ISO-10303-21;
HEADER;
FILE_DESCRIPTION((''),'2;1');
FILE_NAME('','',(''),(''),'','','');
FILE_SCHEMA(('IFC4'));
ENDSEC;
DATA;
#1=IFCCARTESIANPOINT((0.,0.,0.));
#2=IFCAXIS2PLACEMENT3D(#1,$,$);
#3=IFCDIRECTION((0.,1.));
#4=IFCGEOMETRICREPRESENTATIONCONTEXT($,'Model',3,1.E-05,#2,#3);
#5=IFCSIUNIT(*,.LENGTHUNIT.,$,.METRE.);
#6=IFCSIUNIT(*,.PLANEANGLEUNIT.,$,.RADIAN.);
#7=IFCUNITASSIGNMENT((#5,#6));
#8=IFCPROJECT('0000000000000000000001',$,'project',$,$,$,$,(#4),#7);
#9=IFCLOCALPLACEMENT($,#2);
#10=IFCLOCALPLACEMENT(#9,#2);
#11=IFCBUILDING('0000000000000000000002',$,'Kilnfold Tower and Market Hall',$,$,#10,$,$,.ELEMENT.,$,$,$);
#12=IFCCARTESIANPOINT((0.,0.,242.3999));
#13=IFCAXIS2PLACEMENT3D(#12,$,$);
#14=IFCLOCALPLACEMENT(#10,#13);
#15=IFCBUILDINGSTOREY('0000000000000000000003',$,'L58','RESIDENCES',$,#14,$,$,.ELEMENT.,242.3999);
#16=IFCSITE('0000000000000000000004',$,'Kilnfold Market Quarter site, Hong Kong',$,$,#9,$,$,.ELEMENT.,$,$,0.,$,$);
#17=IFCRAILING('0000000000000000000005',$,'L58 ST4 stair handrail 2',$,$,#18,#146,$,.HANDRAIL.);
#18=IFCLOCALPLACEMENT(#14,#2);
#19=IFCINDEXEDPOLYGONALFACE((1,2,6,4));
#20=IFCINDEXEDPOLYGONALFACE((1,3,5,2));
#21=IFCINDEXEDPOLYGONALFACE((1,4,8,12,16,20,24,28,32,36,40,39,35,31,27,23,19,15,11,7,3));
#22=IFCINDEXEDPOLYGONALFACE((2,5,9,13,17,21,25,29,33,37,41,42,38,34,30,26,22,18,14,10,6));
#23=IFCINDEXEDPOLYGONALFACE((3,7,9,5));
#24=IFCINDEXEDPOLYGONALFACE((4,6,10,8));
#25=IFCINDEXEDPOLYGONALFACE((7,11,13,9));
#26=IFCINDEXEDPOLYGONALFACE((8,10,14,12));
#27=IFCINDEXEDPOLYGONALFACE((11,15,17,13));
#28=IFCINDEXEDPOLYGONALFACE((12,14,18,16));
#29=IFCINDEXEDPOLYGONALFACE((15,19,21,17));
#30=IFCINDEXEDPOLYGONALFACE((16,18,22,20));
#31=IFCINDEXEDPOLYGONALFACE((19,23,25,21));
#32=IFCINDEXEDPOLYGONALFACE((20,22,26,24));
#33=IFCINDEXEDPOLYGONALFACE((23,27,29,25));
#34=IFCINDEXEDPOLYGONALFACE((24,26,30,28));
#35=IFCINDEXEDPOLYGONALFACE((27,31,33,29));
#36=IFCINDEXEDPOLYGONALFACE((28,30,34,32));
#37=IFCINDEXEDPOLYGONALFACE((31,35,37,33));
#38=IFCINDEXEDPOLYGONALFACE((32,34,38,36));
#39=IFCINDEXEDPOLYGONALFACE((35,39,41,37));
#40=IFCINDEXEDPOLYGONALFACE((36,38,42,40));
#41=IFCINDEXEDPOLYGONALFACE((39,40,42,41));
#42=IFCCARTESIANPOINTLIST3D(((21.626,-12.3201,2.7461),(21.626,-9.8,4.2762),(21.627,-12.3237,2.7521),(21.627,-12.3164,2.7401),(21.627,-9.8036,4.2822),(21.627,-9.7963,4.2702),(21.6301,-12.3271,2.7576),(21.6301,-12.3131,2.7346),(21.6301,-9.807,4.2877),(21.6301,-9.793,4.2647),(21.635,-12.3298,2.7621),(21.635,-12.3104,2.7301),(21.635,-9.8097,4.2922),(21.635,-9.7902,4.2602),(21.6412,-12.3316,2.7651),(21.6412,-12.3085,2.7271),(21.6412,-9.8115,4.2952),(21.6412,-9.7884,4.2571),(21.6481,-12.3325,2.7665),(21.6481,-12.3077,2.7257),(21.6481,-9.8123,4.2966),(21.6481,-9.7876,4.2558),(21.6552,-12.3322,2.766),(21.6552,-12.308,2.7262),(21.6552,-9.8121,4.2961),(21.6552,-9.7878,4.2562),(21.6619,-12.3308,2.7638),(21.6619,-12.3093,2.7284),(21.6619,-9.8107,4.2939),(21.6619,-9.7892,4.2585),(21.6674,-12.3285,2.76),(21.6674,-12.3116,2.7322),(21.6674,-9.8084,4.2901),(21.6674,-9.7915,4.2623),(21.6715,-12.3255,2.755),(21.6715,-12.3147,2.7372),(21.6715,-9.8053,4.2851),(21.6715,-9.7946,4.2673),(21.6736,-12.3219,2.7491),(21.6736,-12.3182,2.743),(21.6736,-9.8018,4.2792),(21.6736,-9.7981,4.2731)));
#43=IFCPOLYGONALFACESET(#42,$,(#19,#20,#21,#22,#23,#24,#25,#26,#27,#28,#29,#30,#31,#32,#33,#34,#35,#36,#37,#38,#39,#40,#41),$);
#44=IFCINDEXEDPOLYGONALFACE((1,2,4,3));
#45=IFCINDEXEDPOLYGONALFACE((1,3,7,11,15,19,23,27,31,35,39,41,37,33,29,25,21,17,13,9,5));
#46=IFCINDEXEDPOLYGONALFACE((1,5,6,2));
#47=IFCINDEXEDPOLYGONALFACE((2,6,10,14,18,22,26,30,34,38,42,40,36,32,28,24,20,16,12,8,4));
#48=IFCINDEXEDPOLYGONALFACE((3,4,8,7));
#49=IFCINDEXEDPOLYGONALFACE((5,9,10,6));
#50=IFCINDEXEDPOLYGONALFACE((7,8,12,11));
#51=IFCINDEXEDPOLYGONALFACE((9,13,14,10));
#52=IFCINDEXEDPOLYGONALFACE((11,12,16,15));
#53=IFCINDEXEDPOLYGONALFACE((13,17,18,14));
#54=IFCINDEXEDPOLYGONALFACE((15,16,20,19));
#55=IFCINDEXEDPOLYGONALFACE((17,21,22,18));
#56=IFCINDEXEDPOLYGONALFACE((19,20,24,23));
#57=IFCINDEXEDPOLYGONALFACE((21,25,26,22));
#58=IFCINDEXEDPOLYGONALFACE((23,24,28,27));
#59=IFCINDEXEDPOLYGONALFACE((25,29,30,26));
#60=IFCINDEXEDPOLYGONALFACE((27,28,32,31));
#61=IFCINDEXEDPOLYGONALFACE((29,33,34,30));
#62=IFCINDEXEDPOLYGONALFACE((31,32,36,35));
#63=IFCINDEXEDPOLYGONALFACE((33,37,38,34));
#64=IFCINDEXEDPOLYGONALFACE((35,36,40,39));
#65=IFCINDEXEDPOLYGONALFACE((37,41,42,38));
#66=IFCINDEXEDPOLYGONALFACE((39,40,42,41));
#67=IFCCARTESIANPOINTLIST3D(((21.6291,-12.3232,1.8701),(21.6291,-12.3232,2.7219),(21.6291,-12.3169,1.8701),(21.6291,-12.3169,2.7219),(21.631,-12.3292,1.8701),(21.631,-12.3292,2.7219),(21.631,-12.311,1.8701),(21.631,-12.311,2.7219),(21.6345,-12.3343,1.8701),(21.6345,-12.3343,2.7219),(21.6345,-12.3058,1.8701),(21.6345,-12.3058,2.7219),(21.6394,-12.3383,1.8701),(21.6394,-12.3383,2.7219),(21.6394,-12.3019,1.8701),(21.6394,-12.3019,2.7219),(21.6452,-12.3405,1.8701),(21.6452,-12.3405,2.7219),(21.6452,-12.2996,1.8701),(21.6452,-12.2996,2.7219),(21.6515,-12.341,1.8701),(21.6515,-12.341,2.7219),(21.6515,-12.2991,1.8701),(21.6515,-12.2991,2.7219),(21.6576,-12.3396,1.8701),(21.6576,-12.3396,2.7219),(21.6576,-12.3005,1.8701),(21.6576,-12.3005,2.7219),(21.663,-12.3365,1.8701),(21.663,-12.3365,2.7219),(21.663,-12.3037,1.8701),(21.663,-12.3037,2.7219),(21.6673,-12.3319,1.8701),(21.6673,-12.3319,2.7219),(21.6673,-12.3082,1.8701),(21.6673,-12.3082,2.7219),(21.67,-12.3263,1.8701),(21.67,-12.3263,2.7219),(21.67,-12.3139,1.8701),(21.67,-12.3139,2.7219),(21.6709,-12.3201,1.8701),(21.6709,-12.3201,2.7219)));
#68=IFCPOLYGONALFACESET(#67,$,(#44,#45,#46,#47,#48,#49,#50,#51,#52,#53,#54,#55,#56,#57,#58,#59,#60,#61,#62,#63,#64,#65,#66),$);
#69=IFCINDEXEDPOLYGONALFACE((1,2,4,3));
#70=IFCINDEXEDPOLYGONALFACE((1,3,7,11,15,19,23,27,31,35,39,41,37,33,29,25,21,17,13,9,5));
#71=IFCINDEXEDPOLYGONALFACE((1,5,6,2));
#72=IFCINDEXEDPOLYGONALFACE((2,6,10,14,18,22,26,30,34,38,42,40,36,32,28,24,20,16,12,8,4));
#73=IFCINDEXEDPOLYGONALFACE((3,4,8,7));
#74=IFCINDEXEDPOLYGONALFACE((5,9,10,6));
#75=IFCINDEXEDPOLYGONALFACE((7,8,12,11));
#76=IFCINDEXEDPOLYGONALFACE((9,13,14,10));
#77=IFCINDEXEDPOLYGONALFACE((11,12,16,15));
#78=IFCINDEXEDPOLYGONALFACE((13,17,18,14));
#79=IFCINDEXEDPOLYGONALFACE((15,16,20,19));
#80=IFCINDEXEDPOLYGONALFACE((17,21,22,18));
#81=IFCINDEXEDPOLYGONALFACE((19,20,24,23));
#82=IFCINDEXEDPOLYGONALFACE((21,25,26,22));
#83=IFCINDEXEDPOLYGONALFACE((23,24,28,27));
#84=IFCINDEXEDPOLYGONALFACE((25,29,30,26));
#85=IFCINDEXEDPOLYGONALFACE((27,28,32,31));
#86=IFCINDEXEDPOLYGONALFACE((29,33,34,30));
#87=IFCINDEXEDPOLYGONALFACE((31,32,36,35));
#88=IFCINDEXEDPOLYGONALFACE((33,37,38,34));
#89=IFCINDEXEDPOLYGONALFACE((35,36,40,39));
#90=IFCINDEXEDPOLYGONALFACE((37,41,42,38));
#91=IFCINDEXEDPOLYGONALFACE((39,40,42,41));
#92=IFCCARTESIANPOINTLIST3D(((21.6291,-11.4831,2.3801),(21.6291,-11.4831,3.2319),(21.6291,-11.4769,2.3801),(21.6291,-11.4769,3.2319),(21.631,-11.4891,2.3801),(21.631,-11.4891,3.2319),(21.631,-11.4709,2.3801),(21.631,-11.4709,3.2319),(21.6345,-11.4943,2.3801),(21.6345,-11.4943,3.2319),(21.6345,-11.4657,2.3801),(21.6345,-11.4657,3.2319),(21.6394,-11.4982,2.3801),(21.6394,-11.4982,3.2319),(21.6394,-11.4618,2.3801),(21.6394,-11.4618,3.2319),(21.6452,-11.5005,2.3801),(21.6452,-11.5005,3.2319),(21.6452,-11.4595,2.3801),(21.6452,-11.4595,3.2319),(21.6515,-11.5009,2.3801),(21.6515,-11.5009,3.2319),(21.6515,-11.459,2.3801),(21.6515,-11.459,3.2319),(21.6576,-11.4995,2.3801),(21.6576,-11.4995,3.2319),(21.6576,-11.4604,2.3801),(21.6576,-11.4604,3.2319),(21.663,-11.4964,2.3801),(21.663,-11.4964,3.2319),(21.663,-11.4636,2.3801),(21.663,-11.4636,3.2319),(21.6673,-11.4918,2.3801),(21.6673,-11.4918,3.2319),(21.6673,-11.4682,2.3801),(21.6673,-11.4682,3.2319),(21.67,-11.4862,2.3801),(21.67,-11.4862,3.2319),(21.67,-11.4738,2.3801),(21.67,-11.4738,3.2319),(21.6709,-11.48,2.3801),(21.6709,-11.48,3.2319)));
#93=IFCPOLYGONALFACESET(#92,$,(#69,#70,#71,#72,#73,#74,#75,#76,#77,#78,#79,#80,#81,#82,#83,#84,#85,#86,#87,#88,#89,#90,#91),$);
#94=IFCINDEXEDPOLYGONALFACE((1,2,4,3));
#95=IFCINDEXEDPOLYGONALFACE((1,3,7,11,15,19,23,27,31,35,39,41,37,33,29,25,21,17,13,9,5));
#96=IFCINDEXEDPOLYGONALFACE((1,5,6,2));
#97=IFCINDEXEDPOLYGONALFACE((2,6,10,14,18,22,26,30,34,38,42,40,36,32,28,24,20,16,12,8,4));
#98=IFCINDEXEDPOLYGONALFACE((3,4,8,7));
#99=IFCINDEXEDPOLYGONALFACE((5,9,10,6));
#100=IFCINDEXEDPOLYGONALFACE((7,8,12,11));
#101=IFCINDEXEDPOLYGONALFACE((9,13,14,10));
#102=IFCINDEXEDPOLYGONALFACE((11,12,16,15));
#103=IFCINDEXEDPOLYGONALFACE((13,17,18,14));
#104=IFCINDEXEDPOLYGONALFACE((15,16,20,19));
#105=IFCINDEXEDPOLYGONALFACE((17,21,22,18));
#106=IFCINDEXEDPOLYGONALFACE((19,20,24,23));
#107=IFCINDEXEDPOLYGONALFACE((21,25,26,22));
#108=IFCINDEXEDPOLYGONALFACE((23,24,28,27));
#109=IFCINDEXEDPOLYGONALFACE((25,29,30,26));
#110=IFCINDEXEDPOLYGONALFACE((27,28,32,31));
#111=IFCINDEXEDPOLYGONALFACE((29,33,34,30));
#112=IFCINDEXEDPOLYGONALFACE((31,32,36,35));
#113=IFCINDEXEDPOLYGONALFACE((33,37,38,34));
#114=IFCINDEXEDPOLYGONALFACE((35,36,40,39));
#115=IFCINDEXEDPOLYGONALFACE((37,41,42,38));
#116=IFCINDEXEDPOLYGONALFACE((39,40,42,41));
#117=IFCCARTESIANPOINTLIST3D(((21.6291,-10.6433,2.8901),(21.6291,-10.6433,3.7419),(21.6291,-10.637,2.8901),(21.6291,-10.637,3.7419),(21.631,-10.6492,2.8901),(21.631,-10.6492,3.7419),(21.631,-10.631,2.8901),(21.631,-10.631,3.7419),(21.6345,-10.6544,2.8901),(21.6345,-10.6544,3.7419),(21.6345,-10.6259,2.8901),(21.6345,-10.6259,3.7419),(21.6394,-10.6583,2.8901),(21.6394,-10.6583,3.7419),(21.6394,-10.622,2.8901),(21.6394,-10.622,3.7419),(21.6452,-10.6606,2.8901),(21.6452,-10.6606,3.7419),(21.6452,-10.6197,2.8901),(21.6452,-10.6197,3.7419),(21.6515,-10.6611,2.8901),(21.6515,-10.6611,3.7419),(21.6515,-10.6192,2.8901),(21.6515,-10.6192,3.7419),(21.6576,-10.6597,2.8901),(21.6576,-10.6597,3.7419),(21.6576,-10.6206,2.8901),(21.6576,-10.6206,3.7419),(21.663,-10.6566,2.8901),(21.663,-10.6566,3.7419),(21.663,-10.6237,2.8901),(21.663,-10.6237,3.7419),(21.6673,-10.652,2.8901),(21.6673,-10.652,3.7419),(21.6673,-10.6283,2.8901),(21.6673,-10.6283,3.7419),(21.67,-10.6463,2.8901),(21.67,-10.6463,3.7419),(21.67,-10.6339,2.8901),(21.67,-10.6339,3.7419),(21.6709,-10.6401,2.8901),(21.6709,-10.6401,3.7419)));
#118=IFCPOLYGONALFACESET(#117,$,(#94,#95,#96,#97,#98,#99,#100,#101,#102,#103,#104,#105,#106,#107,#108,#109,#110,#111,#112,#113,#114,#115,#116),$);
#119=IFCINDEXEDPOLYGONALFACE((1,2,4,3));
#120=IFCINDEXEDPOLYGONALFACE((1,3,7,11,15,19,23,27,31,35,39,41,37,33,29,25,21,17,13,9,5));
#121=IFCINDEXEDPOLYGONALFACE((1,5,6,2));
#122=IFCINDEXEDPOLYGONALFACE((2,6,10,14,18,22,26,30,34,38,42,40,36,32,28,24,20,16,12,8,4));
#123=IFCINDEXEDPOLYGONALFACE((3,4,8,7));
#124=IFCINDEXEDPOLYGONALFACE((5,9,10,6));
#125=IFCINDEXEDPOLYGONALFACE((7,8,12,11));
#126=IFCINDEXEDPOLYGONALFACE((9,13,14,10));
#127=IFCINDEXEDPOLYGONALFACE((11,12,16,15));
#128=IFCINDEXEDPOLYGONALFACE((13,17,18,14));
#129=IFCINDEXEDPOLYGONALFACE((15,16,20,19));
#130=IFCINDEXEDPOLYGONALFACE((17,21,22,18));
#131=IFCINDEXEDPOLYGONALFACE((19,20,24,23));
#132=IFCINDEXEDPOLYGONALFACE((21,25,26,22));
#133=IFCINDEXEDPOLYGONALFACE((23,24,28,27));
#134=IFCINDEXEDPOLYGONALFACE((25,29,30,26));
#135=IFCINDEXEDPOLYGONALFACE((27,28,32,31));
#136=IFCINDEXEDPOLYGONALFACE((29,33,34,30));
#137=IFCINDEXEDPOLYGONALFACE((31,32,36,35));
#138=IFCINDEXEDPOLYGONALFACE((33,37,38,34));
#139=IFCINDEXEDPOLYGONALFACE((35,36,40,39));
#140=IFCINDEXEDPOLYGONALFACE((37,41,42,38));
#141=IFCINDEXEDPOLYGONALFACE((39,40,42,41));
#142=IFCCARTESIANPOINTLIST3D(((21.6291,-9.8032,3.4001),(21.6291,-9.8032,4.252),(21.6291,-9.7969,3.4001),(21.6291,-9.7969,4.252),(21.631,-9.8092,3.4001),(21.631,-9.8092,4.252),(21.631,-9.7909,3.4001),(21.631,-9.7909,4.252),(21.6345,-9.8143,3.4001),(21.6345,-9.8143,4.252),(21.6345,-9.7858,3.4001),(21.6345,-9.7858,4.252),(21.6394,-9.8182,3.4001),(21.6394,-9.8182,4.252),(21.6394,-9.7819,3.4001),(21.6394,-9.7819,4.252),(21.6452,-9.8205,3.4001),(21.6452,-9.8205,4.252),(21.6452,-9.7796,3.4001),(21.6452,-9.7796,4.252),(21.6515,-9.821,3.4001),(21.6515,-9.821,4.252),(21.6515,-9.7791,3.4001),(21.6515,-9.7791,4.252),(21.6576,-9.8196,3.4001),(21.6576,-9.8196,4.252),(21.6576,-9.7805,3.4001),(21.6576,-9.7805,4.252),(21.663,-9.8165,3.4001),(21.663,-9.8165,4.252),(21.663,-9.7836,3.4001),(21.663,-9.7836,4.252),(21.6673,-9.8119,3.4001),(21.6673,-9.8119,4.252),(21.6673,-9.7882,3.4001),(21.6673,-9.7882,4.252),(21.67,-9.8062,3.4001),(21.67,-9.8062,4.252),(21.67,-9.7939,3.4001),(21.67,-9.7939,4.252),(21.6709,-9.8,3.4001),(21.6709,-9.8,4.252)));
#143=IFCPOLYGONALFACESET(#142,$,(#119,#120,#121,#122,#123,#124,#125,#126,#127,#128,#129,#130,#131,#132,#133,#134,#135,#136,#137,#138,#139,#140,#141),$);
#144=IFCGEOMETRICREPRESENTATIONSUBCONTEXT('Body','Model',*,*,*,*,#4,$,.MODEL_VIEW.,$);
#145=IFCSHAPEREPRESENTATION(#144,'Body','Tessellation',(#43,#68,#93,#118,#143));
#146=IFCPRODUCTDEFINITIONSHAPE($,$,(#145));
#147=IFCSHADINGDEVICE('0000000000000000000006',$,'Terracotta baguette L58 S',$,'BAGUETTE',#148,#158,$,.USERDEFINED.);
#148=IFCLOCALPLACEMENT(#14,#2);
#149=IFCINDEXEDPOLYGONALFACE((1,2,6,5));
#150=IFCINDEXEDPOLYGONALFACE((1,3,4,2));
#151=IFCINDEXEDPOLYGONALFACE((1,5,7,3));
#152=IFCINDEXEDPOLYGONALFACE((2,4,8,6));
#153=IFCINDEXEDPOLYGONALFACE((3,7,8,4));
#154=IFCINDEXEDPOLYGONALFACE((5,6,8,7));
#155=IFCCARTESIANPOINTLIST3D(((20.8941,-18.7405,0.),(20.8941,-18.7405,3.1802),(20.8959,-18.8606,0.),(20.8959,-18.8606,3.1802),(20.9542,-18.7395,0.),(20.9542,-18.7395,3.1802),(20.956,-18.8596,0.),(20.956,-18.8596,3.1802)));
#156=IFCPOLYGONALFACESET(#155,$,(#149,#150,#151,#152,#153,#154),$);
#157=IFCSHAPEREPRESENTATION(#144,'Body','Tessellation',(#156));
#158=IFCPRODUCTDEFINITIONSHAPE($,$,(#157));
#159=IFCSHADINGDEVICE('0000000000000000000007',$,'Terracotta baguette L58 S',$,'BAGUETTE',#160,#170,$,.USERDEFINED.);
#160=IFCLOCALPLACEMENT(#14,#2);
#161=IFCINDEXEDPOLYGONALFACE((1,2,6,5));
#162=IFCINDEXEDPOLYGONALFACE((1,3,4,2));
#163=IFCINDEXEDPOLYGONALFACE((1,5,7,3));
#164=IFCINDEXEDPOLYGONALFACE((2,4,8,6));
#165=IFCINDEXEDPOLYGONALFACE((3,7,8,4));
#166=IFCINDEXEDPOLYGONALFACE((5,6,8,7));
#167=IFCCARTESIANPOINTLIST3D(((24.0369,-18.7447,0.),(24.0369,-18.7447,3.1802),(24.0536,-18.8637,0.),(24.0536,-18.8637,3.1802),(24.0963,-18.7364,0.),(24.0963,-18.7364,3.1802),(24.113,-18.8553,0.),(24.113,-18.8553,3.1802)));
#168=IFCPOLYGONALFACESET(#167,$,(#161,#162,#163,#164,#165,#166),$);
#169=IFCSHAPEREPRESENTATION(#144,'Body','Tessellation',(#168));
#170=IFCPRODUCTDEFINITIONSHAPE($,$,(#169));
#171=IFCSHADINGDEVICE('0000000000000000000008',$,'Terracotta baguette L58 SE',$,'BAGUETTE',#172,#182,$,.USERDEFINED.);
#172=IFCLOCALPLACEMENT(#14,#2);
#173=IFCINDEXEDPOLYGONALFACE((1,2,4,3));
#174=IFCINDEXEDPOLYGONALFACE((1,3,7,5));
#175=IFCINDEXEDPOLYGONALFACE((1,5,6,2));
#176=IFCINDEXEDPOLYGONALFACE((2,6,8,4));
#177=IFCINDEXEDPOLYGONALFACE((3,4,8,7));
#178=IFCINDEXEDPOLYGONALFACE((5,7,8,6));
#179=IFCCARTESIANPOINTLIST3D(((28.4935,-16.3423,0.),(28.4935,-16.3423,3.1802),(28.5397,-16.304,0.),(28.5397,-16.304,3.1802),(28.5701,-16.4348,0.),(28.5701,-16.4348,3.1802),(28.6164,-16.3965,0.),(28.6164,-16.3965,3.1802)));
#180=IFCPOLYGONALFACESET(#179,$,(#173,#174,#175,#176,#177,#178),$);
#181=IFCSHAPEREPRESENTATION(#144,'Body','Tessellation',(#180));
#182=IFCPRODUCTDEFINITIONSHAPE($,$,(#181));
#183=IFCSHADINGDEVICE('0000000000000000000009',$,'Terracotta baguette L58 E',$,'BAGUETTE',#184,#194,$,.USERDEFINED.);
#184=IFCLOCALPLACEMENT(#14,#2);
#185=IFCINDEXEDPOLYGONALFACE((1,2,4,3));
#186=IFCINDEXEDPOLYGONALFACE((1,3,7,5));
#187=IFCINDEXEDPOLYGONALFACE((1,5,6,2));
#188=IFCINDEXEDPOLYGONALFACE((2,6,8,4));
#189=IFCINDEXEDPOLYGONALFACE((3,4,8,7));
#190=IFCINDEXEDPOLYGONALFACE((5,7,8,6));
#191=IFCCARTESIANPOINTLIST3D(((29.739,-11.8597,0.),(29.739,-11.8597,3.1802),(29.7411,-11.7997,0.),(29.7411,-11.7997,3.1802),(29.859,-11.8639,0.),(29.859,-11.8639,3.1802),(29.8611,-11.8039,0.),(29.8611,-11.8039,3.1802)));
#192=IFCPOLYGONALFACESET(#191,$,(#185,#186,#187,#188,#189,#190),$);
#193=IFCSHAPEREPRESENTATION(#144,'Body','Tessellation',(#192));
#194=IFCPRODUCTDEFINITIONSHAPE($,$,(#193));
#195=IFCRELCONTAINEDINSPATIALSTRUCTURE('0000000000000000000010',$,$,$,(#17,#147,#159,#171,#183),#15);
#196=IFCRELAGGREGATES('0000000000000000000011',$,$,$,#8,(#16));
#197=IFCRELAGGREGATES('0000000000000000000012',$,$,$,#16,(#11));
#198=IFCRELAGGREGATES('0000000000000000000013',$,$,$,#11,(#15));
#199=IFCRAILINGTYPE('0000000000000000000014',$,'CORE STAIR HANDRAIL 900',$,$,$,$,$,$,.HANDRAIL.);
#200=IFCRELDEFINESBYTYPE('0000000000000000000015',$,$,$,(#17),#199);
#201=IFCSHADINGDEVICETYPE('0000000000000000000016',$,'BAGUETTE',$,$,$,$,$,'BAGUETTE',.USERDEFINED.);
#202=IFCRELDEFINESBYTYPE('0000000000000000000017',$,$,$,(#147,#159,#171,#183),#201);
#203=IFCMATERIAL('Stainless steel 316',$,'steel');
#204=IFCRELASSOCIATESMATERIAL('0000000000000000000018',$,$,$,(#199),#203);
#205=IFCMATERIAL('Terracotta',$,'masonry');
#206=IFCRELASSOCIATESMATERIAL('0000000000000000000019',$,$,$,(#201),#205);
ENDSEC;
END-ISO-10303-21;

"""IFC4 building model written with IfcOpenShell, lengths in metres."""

from ifc_helpers import new_model, si_unit, direction, frame, origin, origin_2d, place, context, subcontext, project, spatial, rectangle, circle, extrude, source, transform, mapped, material, material_profile, profile_set, type_object, element, save


model = new_model("IFC4")

# Units and contexts
model_context = context("Model", 3, precision=1e-05, world=origin(), true_north=direction((0.0, 1.0)))
body_context = subcontext(model_context, "Body", "Model", "MODEL_VIEW")
ifc_project = project(units=[si_unit("LENGTHUNIT", "METRE"), si_unit("PLANEANGLEUNIT", "RADIAN")], contexts=[model_context])

# Site, building, storey
site_placement = place(None, origin())
site = spatial("IfcSite", under=ifc_project, at=site_placement, Name="Kilnfold Market Quarter site, Hong Kong", CompositionType="ELEMENT", RefElevation=0.0)
building_placement = place(site_placement, origin())
building = spatial("IfcBuilding", under=site, at=building_placement, Name="Kilnfold Tower and Market Hall", CompositionType="ELEMENT")
storey_placement = place(building_placement, frame((0.0, 0.0, 242.3999)))
storey = spatial("IfcBuildingStorey", under=building, at=storey_placement, Name="L58", Description="RESIDENCES", CompositionType="ELEMENT", Elevation=242.3999)

# Railing
ifc_material_1 = material(Name="Stainless steel 316", Category="steel")
railing_type_1 = type_object("IfcRailingType", Name="CORE STAIR HANDRAIL 900", PredefinedType="HANDRAIL", material=ifc_material_1)
railing_1_placement = place(storey_placement, frame((21.6499, -12.3201, 1.8701)))
element("IfcRailing", 1, at=railing_1_placement, inside=storey, type_object=railing_type_1, Name="L58 ST4 stair handrail 2", PredefinedType="HANDRAIL", context=body_context, shape_type="SweptSolid", body=[
    extrude(circle(Radius=0.0239, at=origin_2d()), frame((0.0, 0.0, 0.876), z_axis=(0.0, 0.854785, 0.518982), x_axis=(-1.0, 0.0, 0.0)), (0.0, 0.0, 1.0), 2.9482),
    extrude(circle(Radius=0.021, at=origin_2d()), origin(), (0.0, 0.0, 1.0), 0.8518),
    extrude(circle(Radius=0.021, at=origin_2d()), frame((0.0, 0.8401, 0.51)), (0.0, 0.0, 1.0), 0.8518),
    extrude(circle(Radius=0.021, at=origin_2d()), frame((0.0, 1.6799, 1.02)), (0.0, 0.0, 1.0), 0.8518),
    extrude(circle(Radius=0.021, at=origin_2d()), frame((0.0, 2.52, 1.53)), (0.0, 0.0, 1.0), 0.8518),
])

# Shading devices
ifc_material_2 = material(Name="Terracotta", Category="masonry")
ifc_material_profile_1 = material_profile(ifc_material_2, rectangle(XDim=0.0601, YDim=0.1201, at=origin_2d()), Name="BAG 60x120")
ifc_profile_set_1 = profile_set([ifc_material_profile_1], Name="Terracotta")
shading_device_type = type_object("IfcShadingDeviceType", Name="BAGUETTE", ElementType="BAGUETTE", PredefinedType="USERDEFINED", material=ifc_profile_set_1)
shared_shape_1 = source(origin(), body_context, "Body", "SweptSolid", [
    extrude(rectangle(XDim=0.0601, YDim=0.1201, at=origin_2d()), origin(), (0.0, 0.0, 1.0), 3.1802),
])
for number, where, z_axis, x_axis, name in (
    (2, (20.925, -18.8, 0.0), (0.0, 0.0, 1.0), (0.999883, 0.015322, 0.0), "Terracotta baguette L58 S"),
    (3, (24.075, -18.8, 0.0), (0.0, 0.0, 1.0), (0.99029, 0.139019, 0.0), "Terracotta baguette L58 S"),
    (4, (28.5549, -16.3694, 0.0), (0.0, 0.0, 1.0), (0.769987, 0.63806, 0.0), "Terracotta baguette L58 SE"),
    (5, (29.8, -11.8318, 0.0), (0.0, 0.0, 1.0), (0.034842, 0.999393, 0.0), "Terracotta baguette L58 E"),
):
    element("IfcShadingDevice", number, at=place(storey_placement, frame(where, z_axis=z_axis, x_axis=x_axis)), inside=storey, type_object=shading_device_type, Name=name, ObjectType="BAGUETTE", PredefinedType="USERDEFINED", context=body_context, shape_type="MappedRepresentation", body=[
        mapped(shared_shape_1, transform((0.0, 0.0, 0.0))),
    ])

save(model, "model.ifc")
